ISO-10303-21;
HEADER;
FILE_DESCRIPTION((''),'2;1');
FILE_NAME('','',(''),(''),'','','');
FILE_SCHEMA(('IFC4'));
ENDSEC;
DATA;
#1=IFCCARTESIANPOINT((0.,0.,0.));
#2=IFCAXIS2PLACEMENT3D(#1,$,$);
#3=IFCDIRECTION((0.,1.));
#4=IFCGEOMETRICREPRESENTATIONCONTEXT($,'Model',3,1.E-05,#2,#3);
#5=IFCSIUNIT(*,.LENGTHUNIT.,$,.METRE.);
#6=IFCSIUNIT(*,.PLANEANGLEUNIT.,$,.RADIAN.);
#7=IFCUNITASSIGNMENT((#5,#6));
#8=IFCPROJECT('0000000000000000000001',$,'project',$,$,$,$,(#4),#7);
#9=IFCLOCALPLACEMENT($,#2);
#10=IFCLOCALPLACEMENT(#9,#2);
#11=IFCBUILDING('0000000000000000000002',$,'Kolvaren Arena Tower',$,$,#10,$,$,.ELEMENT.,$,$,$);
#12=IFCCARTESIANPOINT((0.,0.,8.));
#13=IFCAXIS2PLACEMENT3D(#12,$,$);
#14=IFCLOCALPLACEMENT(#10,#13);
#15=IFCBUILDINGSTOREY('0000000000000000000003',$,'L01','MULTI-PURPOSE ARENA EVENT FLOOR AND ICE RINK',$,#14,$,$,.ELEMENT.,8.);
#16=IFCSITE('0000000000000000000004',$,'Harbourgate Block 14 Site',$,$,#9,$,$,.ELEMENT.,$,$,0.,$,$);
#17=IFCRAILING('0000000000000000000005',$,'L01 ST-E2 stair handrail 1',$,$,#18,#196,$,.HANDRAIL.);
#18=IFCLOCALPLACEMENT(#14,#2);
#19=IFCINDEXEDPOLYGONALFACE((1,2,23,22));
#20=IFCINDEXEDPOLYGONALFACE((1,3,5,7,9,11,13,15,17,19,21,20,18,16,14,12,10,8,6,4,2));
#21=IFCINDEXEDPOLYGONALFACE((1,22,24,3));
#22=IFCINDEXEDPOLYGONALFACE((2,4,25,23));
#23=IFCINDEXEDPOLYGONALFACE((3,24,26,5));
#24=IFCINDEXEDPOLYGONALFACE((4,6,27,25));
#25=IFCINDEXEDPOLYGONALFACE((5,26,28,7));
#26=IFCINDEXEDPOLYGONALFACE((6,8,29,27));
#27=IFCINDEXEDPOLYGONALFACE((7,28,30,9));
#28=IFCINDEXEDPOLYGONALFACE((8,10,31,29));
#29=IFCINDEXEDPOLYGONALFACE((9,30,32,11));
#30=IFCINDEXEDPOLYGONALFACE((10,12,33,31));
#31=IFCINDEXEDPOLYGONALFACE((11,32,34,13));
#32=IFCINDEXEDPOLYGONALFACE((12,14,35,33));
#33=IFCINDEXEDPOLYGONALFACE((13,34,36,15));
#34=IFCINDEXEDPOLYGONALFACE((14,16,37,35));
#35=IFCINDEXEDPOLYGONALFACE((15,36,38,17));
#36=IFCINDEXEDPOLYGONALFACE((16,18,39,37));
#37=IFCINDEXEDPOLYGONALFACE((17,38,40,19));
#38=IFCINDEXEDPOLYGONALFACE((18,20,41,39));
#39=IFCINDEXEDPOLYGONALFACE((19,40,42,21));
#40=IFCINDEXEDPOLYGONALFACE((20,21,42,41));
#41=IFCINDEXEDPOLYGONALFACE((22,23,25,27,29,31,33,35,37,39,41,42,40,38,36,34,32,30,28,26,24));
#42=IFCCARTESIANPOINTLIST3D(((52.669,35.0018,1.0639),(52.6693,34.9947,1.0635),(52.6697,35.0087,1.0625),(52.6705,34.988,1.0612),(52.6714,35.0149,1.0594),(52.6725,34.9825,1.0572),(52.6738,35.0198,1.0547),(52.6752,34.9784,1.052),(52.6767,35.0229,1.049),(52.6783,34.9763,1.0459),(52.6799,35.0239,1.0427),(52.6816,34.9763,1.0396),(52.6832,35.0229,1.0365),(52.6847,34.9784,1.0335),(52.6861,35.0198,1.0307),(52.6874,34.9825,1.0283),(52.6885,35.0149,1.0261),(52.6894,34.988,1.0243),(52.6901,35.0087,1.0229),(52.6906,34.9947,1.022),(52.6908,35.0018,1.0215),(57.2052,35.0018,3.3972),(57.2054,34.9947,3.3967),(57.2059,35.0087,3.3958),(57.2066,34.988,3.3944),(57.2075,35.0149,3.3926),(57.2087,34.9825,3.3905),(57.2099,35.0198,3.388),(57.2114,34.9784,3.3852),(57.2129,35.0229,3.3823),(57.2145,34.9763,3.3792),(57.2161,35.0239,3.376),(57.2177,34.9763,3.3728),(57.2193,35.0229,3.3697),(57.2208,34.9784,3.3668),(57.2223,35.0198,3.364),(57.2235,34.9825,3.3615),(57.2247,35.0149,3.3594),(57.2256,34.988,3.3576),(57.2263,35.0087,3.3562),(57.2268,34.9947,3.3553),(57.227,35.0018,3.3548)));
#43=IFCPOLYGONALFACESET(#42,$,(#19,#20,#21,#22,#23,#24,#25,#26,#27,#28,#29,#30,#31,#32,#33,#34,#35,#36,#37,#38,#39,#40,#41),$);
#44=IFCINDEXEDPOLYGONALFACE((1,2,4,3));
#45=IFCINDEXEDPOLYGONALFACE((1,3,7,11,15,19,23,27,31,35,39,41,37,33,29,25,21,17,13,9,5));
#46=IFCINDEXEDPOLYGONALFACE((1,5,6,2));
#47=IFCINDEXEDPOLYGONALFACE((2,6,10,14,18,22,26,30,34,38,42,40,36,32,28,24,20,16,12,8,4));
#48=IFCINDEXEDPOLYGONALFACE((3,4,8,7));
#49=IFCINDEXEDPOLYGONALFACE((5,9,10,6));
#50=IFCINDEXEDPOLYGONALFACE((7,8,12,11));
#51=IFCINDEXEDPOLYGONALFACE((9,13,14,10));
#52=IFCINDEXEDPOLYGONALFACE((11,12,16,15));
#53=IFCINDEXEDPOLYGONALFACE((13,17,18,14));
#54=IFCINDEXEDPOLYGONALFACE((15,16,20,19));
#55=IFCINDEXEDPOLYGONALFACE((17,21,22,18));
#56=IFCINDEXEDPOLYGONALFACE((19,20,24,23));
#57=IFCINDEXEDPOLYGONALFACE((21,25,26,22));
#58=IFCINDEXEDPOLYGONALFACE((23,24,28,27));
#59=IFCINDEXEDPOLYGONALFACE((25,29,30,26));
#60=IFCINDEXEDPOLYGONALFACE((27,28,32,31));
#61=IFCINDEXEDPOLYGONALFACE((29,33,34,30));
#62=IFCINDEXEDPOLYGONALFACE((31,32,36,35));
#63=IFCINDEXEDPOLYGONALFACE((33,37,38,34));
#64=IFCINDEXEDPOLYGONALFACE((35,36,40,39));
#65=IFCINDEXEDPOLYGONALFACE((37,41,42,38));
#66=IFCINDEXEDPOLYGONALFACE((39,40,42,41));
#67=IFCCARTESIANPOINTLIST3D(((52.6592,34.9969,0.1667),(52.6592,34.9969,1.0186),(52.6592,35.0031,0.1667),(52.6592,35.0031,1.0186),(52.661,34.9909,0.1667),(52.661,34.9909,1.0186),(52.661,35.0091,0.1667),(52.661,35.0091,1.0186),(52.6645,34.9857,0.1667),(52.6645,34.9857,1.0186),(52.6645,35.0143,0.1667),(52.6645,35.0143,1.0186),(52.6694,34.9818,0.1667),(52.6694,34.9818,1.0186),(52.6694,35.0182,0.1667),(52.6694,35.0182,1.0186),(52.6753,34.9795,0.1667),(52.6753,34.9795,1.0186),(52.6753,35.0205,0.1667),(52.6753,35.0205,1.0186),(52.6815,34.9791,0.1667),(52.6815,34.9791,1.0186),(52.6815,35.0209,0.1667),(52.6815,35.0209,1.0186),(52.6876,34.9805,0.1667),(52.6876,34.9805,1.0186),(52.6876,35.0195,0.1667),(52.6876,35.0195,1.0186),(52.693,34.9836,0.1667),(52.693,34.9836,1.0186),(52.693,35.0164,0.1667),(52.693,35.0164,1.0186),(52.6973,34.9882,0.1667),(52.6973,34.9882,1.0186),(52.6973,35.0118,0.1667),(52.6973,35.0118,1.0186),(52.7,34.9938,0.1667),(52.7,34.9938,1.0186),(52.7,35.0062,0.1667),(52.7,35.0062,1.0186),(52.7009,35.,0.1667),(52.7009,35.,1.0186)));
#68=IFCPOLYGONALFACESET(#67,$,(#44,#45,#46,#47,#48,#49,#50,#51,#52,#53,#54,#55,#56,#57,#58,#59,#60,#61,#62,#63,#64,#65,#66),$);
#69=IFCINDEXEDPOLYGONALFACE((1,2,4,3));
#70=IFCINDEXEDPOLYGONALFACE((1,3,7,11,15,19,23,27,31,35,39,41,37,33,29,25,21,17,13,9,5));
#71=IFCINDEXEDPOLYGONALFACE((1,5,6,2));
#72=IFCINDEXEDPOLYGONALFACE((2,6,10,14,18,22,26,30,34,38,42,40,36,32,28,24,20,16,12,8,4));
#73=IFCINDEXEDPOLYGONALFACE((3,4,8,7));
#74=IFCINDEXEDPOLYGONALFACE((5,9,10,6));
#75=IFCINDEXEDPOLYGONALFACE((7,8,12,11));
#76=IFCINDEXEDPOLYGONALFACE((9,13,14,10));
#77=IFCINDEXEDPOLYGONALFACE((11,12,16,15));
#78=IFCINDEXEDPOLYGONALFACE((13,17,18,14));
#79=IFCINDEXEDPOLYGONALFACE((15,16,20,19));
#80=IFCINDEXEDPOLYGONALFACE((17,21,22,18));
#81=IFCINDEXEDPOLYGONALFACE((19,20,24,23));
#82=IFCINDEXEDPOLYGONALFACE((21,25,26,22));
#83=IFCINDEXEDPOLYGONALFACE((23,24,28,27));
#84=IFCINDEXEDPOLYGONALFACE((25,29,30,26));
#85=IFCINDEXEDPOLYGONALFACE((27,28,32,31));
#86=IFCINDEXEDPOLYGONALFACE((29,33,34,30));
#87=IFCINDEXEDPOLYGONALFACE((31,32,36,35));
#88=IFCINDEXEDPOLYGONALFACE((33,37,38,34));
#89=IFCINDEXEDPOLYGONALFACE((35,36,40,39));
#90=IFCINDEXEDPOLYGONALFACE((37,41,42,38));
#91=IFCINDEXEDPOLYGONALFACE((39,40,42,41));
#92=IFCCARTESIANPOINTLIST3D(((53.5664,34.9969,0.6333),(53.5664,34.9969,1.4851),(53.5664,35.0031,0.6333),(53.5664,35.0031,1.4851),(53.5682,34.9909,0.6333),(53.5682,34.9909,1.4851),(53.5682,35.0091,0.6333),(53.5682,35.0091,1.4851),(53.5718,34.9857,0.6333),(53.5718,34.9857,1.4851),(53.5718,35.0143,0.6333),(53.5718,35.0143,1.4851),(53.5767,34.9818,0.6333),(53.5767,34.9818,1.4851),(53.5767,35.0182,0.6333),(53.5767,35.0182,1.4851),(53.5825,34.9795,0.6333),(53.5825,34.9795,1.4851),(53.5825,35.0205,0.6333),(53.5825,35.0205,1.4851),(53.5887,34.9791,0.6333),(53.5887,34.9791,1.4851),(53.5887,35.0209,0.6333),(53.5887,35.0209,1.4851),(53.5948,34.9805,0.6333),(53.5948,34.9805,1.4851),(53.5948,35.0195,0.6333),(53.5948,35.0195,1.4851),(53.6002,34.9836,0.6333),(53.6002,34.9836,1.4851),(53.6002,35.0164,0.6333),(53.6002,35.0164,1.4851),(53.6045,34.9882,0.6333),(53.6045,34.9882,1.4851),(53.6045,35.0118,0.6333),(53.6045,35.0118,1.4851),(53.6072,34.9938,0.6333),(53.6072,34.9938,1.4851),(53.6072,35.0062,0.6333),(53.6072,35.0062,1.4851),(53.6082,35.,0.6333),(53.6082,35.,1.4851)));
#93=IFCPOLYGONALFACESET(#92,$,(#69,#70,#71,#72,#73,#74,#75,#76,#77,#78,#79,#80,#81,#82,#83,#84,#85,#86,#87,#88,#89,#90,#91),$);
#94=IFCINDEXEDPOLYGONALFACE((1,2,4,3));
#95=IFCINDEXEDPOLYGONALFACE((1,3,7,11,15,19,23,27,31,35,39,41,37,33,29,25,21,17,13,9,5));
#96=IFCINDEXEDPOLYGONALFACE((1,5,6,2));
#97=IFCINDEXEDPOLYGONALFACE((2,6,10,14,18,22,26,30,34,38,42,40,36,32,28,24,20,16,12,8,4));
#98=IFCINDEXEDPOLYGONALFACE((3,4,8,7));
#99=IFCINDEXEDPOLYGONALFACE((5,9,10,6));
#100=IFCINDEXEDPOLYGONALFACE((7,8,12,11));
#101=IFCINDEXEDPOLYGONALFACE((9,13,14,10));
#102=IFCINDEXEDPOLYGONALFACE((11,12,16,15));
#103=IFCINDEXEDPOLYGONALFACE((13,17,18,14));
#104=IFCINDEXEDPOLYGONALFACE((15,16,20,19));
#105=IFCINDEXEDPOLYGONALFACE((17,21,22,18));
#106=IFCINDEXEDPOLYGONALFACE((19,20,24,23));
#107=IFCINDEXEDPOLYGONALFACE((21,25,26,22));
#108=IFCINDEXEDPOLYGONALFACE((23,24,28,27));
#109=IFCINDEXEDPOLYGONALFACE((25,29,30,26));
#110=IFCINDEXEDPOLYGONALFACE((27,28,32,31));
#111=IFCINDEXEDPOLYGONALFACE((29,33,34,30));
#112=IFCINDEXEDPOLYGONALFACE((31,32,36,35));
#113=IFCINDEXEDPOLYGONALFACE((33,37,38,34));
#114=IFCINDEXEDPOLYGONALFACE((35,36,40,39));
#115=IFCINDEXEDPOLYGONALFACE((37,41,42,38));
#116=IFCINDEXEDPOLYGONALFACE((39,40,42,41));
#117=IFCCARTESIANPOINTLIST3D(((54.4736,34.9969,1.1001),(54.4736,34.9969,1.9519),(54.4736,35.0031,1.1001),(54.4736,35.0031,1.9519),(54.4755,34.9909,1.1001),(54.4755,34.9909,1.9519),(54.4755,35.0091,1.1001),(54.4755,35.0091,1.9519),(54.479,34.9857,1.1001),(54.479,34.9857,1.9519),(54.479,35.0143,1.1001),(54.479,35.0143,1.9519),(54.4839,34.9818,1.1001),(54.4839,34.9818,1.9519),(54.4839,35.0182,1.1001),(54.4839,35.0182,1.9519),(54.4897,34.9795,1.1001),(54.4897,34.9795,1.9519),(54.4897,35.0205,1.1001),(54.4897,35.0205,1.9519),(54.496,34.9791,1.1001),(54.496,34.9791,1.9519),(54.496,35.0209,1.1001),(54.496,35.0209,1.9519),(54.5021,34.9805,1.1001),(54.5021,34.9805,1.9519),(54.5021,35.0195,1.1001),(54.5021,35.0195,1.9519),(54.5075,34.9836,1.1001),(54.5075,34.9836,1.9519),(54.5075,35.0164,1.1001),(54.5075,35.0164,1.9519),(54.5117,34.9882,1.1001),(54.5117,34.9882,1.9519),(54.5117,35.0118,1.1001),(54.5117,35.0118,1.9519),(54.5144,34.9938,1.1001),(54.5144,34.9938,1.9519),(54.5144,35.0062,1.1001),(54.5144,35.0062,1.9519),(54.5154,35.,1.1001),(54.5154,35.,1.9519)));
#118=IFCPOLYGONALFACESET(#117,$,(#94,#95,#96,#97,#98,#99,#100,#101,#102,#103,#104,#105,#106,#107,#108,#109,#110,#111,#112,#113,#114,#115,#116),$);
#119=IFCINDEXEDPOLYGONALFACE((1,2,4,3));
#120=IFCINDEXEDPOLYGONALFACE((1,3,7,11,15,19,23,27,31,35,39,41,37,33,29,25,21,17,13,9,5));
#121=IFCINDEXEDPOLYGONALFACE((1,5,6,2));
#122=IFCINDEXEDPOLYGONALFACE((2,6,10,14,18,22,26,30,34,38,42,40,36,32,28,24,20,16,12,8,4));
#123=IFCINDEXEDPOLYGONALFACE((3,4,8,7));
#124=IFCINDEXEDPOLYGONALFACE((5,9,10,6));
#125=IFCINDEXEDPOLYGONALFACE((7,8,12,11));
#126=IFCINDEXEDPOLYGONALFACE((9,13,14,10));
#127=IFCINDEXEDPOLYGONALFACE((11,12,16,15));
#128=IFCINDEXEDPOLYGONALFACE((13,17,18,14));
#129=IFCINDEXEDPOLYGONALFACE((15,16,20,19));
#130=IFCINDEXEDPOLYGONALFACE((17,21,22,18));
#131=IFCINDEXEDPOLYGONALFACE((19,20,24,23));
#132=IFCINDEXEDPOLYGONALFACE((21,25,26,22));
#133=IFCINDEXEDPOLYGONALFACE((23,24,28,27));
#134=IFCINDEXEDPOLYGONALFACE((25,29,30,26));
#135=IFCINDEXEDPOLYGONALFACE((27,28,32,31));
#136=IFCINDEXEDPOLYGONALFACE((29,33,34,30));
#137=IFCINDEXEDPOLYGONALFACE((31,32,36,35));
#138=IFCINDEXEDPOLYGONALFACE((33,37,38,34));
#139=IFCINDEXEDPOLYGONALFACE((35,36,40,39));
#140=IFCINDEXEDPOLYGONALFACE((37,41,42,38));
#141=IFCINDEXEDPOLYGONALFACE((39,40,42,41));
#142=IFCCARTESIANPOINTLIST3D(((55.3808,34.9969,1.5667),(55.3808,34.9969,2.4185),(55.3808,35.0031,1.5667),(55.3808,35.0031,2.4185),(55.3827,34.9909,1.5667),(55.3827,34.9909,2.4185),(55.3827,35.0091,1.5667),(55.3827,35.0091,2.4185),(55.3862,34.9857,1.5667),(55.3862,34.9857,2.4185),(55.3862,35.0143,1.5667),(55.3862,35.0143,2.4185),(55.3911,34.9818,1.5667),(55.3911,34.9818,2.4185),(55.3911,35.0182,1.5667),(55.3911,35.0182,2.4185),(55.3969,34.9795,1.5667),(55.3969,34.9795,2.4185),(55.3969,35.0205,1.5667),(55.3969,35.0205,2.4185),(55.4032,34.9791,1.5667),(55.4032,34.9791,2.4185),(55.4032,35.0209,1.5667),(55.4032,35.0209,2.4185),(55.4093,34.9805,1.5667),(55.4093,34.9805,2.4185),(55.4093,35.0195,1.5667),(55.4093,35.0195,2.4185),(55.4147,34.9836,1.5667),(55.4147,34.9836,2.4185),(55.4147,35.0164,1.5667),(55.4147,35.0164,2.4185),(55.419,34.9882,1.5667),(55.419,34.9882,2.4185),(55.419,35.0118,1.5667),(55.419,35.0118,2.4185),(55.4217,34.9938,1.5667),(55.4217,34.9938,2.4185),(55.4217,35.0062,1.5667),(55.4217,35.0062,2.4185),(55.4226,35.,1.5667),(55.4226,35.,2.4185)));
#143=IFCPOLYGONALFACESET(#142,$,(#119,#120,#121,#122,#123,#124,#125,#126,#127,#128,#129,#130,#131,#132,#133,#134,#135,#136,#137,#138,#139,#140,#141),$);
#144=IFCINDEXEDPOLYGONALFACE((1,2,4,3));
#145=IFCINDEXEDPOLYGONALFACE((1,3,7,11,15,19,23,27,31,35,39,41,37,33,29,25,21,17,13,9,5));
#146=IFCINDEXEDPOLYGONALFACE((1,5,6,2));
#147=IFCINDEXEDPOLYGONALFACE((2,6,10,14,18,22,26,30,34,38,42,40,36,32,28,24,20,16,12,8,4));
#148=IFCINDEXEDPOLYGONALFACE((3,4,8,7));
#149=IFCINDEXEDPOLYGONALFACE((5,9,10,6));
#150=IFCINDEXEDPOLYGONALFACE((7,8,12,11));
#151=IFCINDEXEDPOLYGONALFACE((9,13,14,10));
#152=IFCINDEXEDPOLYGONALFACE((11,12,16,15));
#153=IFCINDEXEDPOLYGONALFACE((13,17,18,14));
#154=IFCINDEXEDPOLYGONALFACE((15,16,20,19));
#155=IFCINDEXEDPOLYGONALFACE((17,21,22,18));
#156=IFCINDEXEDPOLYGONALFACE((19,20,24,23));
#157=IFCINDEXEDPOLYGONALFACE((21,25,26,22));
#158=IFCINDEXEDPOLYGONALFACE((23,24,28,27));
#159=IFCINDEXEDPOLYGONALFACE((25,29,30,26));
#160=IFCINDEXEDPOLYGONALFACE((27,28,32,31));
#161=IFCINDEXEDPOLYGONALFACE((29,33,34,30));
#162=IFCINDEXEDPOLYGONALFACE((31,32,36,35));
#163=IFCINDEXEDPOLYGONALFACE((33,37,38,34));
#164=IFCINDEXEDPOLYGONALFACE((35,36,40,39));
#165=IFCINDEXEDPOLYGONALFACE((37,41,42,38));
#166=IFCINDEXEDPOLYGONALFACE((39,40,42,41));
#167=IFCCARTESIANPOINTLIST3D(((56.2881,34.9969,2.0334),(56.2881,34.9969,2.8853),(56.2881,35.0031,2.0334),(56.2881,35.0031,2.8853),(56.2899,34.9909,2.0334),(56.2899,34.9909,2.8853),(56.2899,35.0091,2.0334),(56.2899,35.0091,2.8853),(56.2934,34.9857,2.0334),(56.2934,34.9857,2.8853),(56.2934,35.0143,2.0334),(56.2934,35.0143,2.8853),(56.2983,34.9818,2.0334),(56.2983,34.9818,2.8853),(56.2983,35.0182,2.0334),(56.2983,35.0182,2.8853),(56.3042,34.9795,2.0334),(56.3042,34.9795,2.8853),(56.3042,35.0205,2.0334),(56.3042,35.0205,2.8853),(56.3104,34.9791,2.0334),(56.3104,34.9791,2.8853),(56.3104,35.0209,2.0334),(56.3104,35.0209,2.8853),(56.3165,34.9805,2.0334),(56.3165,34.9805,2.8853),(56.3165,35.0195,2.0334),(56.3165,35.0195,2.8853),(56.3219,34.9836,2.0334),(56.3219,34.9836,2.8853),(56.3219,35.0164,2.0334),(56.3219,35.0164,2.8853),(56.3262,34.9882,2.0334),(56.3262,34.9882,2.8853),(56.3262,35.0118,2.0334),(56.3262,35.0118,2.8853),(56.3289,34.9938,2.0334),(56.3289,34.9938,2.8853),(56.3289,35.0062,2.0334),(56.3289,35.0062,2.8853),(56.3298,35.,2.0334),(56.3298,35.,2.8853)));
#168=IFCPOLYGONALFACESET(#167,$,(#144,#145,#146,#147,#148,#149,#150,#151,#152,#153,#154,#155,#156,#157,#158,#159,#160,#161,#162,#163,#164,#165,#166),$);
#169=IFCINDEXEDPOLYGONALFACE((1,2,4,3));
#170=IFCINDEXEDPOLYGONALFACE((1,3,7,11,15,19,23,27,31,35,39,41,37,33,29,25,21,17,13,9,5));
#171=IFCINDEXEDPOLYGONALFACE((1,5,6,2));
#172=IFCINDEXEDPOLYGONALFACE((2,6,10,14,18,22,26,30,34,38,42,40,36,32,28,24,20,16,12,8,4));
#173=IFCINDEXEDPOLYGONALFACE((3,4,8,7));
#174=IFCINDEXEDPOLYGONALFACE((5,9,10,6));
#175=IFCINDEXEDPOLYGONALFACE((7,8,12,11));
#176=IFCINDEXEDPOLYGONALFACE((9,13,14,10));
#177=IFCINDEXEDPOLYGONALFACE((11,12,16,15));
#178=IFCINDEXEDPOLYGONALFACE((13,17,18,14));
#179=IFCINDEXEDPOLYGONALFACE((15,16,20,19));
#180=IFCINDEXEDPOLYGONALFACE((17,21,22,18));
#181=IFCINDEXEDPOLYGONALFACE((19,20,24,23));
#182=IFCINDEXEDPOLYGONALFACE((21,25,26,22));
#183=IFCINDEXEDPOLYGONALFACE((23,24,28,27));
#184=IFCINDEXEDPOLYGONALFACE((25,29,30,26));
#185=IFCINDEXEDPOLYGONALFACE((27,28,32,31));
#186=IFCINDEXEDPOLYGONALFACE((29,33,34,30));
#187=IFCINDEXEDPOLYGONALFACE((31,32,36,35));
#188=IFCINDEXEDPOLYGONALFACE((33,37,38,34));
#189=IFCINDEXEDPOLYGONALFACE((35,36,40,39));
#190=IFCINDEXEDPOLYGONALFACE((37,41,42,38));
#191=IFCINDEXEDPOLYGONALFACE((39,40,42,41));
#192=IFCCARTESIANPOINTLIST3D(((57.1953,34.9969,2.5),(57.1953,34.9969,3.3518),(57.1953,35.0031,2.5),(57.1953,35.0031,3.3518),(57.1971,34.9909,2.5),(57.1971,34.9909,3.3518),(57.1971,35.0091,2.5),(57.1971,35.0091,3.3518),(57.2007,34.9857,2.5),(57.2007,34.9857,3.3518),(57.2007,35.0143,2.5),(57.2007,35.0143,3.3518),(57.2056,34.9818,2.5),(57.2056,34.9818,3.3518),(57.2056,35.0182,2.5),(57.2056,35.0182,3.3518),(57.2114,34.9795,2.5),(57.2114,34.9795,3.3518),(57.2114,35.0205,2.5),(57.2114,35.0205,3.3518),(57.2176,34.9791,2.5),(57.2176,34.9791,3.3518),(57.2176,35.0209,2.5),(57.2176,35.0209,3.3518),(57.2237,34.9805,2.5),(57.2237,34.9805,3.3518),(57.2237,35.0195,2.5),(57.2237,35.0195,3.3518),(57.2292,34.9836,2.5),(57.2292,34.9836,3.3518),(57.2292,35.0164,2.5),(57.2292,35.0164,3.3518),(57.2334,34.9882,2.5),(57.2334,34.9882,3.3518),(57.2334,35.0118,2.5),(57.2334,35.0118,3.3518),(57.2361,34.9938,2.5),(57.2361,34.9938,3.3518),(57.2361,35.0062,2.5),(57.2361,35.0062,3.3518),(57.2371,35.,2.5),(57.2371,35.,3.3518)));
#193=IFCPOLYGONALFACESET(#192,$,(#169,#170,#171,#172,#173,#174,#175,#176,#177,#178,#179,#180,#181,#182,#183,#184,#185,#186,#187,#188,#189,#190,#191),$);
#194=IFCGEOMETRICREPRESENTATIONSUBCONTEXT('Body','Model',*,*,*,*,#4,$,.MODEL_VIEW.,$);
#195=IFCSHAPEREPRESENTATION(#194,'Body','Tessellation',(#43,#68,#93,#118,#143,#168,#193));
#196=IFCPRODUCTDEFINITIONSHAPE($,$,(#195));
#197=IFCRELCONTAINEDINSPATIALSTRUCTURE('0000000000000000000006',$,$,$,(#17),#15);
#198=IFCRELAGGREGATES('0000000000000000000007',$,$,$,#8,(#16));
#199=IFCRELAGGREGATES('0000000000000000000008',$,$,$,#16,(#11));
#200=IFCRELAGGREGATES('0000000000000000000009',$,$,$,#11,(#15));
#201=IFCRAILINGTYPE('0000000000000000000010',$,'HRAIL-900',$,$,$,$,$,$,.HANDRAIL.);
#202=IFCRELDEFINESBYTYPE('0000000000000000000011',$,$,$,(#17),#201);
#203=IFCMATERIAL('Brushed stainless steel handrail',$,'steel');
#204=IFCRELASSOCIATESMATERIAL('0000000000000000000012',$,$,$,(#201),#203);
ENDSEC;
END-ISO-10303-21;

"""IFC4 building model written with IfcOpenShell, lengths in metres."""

from ifc_helpers import new_model, si_unit, direction, frame, origin, origin_2d, place, context, subcontext, project, spatial, circle, extrude, material, type_object, element, save


model = new_model("IFC4")

# Units and contexts
model_context = context("Model", 3, precision=1e-05, world=origin(), true_north=direction((0.0, 1.0)))
body_context = subcontext(model_context, "Body", "Model", "MODEL_VIEW")
ifc_project = project(units=[si_unit("LENGTHUNIT", "METRE"), si_unit("PLANEANGLEUNIT", "RADIAN")], contexts=[model_context])

# Site, building, storey
site_placement = place(None, origin())
site = spatial("IfcSite", under=ifc_project, at=site_placement, Name="Harbourgate Block 14 Site", CompositionType="ELEMENT", RefElevation=0.0)
building_placement = place(site_placement, origin())
building = spatial("IfcBuilding", under=site, at=building_placement, Name="Kolvaren Arena Tower", CompositionType="ELEMENT")
storey_placement = place(building_placement, frame((0.0, 0.0, 8.0)))
storey = spatial("IfcBuildingStorey", under=building, at=storey_placement, Name="L01", Description="MULTI-PURPOSE ARENA EVENT FLOOR AND ICE RINK", CompositionType="ELEMENT", Elevation=8.0)

# Railing
ifc_material_1 = material(Name="Brushed stainless steel handrail", Category="steel")
railing_type_1 = type_object("IfcRailingType", Name="HRAIL-900", PredefinedType="HANDRAIL", material=ifc_material_1)
for number, where, name in (
    (1, (52.6799, 35.0, 0.1667), "L01 ST-E2 stair handrail 1"),
):
    element("IfcRailing", number, at=place(storey_placement, frame(where)), inside=storey, type_object=railing_type_1, Name=name, PredefinedType="HANDRAIL", context=body_context, shape_type="SweptSolid", body=[
        extrude(circle(Radius=0.0239, at=origin_2d()), frame((0.0, 0.0, 0.876), z_axis=(0.889257, 0.0, 0.457407), x_axis=(0.0, 1.0, 0.0)), (0.0, 0.0, 1.0), 5.1011),
        extrude(circle(Radius=0.021, at=origin_2d()), origin(), (0.0, 0.0, 1.0), 0.8518),
        extrude(circle(Radius=0.021, at=origin_2d()), frame((0.9072, 0.0, 0.4666)), (0.0, 0.0, 1.0), 0.8518),
        extrude(circle(Radius=0.021, at=origin_2d()), frame((1.8145, 0.0, 0.9333)), (0.0, 0.0, 1.0), 0.8518),
        extrude(circle(Radius=0.021, at=origin_2d()), frame((2.7217, 0.0, 1.3999)), (0.0, 0.0, 1.0), 0.8518),
        extrude(circle(Radius=0.021, at=origin_2d()), frame((3.6289, 0.0, 1.8667)), (0.0, 0.0, 1.0), 0.8518),
        extrude(circle(Radius=0.021, at=origin_2d()), frame((4.5361, 0.0, 2.3333)), (0.0, 0.0, 1.0), 0.8518),
    ])

save(model, "model.ifc")
